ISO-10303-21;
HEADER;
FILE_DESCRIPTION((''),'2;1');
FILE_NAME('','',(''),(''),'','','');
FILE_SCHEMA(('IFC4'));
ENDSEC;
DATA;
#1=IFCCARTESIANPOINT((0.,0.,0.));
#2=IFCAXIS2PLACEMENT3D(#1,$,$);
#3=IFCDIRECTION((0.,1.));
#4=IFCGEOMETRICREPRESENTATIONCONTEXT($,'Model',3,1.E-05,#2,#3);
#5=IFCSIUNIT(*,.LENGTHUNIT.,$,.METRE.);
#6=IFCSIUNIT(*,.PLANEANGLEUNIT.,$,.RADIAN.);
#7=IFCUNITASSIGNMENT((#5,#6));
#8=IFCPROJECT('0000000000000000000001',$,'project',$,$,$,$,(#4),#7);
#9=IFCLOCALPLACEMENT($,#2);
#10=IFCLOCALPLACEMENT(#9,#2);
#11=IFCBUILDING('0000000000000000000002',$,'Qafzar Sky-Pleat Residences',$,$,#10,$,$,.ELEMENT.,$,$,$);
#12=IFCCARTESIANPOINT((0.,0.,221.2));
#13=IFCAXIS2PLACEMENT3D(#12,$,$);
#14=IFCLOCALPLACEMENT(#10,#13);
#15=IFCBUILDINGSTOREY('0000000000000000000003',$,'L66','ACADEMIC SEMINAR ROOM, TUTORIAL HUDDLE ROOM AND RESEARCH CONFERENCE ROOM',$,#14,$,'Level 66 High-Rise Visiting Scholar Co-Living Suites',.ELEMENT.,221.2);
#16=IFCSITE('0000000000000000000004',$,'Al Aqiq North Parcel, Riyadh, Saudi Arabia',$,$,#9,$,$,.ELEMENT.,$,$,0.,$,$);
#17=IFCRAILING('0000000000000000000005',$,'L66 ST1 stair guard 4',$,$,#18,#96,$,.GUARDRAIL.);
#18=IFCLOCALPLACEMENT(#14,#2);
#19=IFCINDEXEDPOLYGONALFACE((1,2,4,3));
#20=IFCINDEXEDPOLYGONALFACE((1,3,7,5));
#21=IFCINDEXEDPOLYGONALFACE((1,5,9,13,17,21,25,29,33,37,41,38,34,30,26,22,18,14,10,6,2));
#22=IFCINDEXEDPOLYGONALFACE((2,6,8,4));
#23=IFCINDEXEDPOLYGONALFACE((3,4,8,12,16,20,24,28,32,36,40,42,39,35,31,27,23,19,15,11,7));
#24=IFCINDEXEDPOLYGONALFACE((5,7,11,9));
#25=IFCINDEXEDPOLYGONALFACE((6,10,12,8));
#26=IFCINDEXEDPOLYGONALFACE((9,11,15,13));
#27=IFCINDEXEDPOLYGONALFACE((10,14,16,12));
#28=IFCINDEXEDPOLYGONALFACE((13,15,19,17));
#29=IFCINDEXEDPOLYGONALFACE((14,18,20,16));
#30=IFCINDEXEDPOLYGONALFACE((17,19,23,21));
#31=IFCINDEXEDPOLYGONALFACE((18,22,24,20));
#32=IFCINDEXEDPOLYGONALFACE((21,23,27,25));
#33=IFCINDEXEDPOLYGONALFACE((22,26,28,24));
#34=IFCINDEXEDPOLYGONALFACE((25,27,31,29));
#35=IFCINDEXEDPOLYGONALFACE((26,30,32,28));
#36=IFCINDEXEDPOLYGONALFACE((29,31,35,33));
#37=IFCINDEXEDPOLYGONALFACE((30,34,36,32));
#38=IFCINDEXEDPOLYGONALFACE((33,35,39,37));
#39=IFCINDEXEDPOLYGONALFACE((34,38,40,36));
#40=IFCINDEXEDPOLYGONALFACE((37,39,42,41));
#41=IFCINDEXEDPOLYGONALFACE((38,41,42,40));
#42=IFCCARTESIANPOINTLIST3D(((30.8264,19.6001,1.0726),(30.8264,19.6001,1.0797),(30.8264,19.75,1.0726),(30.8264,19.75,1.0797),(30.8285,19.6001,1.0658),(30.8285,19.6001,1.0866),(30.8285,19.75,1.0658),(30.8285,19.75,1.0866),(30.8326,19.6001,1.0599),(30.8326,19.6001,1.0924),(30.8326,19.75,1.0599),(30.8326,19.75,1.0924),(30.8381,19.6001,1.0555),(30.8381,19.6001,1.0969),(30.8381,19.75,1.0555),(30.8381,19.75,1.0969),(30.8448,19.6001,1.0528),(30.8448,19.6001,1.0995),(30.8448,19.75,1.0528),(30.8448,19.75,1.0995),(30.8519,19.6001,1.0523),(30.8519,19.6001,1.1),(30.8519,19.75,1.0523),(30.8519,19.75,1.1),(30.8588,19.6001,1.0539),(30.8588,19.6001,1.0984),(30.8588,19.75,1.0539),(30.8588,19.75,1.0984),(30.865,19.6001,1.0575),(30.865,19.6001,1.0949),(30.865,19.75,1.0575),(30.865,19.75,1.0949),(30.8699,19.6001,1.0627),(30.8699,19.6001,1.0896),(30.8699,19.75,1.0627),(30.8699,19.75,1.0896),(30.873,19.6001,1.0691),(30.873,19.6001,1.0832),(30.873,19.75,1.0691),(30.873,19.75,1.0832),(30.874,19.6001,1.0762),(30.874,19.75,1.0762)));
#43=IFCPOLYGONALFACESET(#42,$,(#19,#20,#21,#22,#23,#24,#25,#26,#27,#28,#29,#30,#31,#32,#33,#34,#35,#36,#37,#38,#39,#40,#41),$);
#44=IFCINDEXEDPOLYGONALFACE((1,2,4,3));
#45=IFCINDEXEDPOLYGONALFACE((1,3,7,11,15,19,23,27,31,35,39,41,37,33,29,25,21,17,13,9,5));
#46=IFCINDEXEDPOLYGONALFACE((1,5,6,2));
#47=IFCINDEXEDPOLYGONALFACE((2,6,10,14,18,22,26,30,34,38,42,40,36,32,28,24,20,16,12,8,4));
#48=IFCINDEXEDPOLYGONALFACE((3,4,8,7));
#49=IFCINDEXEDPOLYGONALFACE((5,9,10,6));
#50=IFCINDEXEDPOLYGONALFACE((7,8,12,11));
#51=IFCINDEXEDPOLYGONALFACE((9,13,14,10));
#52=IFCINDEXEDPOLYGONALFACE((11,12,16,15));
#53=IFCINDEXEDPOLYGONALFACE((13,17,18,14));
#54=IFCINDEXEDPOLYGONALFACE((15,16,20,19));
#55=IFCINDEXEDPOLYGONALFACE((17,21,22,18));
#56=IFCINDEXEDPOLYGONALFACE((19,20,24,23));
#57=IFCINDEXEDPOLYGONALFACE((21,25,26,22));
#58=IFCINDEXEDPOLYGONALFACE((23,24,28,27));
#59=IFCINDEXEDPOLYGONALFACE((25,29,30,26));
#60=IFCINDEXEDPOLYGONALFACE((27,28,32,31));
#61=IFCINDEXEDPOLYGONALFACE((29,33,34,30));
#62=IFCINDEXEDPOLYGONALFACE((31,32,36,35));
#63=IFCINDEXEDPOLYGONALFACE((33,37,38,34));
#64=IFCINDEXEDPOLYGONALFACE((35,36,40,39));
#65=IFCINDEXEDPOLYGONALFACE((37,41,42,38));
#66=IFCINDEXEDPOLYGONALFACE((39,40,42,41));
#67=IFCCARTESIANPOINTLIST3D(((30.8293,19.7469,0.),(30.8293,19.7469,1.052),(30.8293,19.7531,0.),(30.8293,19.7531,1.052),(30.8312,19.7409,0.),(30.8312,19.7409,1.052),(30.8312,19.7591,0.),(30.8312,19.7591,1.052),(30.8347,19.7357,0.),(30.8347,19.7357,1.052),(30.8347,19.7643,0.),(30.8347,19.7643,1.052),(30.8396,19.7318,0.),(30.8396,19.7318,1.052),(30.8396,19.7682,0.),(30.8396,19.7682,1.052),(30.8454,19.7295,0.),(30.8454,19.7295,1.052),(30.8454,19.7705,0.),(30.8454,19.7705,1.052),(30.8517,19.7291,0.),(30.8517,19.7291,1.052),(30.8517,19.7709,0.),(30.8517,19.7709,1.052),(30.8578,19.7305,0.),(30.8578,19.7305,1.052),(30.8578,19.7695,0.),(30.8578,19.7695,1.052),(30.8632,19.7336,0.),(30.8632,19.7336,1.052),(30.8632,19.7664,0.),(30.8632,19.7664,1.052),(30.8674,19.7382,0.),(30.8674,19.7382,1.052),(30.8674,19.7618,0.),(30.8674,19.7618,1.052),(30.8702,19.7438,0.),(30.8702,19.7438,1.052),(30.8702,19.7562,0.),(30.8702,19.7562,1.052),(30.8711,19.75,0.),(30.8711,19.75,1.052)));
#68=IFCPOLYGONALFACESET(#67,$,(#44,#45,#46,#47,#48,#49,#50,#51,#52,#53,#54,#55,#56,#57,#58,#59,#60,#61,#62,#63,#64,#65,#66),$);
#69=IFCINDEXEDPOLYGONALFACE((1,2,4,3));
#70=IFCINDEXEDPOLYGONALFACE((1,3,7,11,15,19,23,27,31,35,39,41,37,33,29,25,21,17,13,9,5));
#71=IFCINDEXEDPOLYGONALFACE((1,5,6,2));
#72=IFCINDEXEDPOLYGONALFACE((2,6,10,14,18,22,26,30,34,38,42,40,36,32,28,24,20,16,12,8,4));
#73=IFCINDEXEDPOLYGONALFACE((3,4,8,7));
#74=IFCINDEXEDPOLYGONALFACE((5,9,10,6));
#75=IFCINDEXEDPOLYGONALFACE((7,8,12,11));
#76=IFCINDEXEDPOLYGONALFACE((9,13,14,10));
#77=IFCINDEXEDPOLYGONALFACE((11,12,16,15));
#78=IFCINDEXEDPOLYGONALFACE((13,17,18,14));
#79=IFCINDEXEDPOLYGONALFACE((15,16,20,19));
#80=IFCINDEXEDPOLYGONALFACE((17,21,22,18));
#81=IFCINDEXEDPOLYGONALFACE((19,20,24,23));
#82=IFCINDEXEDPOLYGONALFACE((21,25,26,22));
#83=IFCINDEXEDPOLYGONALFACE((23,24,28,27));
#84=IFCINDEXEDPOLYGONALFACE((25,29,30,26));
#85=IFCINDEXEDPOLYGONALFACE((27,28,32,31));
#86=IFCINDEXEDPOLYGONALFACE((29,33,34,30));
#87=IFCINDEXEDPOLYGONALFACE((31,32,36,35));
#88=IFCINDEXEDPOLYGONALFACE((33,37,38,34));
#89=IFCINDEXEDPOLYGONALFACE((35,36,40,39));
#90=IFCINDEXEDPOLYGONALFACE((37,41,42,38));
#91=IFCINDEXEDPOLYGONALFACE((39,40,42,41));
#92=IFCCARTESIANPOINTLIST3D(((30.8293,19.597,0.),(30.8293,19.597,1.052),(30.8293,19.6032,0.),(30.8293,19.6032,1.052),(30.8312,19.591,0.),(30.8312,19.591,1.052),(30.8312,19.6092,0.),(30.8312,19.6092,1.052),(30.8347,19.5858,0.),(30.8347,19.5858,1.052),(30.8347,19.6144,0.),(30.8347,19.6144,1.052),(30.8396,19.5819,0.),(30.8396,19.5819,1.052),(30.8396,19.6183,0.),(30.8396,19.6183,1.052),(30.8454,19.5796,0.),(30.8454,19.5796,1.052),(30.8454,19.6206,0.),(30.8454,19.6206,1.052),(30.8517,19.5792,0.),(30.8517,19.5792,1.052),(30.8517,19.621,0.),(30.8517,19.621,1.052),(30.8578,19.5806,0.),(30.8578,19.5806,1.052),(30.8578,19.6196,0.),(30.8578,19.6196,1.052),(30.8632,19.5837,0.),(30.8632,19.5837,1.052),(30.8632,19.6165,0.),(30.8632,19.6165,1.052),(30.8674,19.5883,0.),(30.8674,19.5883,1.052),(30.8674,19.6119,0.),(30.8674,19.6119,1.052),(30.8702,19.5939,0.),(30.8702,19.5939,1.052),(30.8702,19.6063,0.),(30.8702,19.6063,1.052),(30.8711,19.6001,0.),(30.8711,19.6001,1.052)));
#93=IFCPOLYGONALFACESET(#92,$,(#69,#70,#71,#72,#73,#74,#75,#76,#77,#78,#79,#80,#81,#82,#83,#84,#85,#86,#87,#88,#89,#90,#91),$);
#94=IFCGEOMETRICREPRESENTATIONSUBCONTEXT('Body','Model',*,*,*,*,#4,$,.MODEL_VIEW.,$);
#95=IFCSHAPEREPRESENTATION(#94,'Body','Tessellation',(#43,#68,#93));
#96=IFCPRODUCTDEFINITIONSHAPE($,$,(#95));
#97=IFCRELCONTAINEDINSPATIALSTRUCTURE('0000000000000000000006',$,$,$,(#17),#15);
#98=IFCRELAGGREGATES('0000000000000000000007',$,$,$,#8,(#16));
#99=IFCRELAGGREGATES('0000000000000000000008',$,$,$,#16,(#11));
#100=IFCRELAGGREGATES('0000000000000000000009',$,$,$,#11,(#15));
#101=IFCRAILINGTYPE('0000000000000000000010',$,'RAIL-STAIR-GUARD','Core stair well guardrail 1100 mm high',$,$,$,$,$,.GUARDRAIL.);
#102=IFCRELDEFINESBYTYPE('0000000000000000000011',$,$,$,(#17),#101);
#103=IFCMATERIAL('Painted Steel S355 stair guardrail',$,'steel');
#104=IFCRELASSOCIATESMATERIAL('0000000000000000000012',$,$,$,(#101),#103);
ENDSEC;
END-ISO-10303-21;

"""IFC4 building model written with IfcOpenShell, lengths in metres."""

from ifc_helpers import new_model, si_unit, direction, frame, origin, origin_2d, place, context, subcontext, project, spatial, circle, extrude, source, transform, mapped, material, type_object, element, save


model = new_model("IFC4")

# Units and contexts
model_context = context("Model", 3, precision=1e-05, world=origin(), true_north=direction((0.0, 1.0)))
body_context = subcontext(model_context, "Body", "Model", "MODEL_VIEW")
ifc_project = project(units=[si_unit("LENGTHUNIT", "METRE"), si_unit("PLANEANGLEUNIT", "RADIAN")], contexts=[model_context])

# Site, building, storey
site_placement = place(None, origin())
site = spatial("IfcSite", under=ifc_project, at=site_placement, Name="Al Aqiq North Parcel, Riyadh, Saudi Arabia", CompositionType="ELEMENT", RefElevation=0.0)
building_placement = place(site_placement, origin())
building = spatial("IfcBuilding", under=site, at=building_placement, Name="Qafzar Sky-Pleat Residences", CompositionType="ELEMENT")
storey_placement = place(building_placement, frame((0.0, 0.0, 221.2)))
storey = spatial("IfcBuildingStorey", under=building, at=storey_placement, Name="L66", Description="ACADEMIC SEMINAR ROOM, TUTORIAL HUDDLE ROOM AND RESEARCH CONFERENCE ROOM", LongName="Level 66 High-Rise Visiting Scholar Co-Living Suites", CompositionType="ELEMENT", Elevation=221.2)

# Railing
ifc_material_1 = material(Name="Painted Steel S355 stair guardrail", Category="steel")
railing_type_1 = type_object("IfcRailingType", Name="RAIL-STAIR-GUARD", Description="Core stair well guardrail 1100 mm high", PredefinedType="GUARDRAIL", material=ifc_material_1)
shared_shape_1 = source(origin(), body_context, "Body", "SweptSolid", [
    extrude(circle(Radius=0.0239, at=origin_2d()), frame((0.0, 0.0, 1.0762), z_axis=(0.0, -1.0, 0.0), x_axis=(1.0, 0.0, 0.0)), (0.0, 0.0, 1.0), 0.1499),
    extrude(circle(Radius=0.021, at=origin_2d()), origin(), (0.0, 0.0, 1.0), 1.052),
    extrude(circle(Radius=0.021, at=origin_2d()), frame((0.0, -0.1499, 0.0)), (0.0, 0.0, 1.0), 1.052),
])
for number, where, name in (
    (1, (30.8501, 19.75, 0.0), "L66 ST1 stair guard 4"),
):
    element("IfcRailing", number, at=place(storey_placement, frame(where)), inside=storey, type_object=railing_type_1, Name=name, PredefinedType="GUARDRAIL", context=body_context, shape_type="MappedRepresentation", body=[
        mapped(shared_shape_1, transform((0.0, 0.0, 0.0), x_axis=(1.0, 0.0, 0.0), y_axis=(0.0, 1.0, 0.0), z_axis=(0.0, 0.0, 1.0), scale=1.0)),
    ])

save(model, "model.ifc")
